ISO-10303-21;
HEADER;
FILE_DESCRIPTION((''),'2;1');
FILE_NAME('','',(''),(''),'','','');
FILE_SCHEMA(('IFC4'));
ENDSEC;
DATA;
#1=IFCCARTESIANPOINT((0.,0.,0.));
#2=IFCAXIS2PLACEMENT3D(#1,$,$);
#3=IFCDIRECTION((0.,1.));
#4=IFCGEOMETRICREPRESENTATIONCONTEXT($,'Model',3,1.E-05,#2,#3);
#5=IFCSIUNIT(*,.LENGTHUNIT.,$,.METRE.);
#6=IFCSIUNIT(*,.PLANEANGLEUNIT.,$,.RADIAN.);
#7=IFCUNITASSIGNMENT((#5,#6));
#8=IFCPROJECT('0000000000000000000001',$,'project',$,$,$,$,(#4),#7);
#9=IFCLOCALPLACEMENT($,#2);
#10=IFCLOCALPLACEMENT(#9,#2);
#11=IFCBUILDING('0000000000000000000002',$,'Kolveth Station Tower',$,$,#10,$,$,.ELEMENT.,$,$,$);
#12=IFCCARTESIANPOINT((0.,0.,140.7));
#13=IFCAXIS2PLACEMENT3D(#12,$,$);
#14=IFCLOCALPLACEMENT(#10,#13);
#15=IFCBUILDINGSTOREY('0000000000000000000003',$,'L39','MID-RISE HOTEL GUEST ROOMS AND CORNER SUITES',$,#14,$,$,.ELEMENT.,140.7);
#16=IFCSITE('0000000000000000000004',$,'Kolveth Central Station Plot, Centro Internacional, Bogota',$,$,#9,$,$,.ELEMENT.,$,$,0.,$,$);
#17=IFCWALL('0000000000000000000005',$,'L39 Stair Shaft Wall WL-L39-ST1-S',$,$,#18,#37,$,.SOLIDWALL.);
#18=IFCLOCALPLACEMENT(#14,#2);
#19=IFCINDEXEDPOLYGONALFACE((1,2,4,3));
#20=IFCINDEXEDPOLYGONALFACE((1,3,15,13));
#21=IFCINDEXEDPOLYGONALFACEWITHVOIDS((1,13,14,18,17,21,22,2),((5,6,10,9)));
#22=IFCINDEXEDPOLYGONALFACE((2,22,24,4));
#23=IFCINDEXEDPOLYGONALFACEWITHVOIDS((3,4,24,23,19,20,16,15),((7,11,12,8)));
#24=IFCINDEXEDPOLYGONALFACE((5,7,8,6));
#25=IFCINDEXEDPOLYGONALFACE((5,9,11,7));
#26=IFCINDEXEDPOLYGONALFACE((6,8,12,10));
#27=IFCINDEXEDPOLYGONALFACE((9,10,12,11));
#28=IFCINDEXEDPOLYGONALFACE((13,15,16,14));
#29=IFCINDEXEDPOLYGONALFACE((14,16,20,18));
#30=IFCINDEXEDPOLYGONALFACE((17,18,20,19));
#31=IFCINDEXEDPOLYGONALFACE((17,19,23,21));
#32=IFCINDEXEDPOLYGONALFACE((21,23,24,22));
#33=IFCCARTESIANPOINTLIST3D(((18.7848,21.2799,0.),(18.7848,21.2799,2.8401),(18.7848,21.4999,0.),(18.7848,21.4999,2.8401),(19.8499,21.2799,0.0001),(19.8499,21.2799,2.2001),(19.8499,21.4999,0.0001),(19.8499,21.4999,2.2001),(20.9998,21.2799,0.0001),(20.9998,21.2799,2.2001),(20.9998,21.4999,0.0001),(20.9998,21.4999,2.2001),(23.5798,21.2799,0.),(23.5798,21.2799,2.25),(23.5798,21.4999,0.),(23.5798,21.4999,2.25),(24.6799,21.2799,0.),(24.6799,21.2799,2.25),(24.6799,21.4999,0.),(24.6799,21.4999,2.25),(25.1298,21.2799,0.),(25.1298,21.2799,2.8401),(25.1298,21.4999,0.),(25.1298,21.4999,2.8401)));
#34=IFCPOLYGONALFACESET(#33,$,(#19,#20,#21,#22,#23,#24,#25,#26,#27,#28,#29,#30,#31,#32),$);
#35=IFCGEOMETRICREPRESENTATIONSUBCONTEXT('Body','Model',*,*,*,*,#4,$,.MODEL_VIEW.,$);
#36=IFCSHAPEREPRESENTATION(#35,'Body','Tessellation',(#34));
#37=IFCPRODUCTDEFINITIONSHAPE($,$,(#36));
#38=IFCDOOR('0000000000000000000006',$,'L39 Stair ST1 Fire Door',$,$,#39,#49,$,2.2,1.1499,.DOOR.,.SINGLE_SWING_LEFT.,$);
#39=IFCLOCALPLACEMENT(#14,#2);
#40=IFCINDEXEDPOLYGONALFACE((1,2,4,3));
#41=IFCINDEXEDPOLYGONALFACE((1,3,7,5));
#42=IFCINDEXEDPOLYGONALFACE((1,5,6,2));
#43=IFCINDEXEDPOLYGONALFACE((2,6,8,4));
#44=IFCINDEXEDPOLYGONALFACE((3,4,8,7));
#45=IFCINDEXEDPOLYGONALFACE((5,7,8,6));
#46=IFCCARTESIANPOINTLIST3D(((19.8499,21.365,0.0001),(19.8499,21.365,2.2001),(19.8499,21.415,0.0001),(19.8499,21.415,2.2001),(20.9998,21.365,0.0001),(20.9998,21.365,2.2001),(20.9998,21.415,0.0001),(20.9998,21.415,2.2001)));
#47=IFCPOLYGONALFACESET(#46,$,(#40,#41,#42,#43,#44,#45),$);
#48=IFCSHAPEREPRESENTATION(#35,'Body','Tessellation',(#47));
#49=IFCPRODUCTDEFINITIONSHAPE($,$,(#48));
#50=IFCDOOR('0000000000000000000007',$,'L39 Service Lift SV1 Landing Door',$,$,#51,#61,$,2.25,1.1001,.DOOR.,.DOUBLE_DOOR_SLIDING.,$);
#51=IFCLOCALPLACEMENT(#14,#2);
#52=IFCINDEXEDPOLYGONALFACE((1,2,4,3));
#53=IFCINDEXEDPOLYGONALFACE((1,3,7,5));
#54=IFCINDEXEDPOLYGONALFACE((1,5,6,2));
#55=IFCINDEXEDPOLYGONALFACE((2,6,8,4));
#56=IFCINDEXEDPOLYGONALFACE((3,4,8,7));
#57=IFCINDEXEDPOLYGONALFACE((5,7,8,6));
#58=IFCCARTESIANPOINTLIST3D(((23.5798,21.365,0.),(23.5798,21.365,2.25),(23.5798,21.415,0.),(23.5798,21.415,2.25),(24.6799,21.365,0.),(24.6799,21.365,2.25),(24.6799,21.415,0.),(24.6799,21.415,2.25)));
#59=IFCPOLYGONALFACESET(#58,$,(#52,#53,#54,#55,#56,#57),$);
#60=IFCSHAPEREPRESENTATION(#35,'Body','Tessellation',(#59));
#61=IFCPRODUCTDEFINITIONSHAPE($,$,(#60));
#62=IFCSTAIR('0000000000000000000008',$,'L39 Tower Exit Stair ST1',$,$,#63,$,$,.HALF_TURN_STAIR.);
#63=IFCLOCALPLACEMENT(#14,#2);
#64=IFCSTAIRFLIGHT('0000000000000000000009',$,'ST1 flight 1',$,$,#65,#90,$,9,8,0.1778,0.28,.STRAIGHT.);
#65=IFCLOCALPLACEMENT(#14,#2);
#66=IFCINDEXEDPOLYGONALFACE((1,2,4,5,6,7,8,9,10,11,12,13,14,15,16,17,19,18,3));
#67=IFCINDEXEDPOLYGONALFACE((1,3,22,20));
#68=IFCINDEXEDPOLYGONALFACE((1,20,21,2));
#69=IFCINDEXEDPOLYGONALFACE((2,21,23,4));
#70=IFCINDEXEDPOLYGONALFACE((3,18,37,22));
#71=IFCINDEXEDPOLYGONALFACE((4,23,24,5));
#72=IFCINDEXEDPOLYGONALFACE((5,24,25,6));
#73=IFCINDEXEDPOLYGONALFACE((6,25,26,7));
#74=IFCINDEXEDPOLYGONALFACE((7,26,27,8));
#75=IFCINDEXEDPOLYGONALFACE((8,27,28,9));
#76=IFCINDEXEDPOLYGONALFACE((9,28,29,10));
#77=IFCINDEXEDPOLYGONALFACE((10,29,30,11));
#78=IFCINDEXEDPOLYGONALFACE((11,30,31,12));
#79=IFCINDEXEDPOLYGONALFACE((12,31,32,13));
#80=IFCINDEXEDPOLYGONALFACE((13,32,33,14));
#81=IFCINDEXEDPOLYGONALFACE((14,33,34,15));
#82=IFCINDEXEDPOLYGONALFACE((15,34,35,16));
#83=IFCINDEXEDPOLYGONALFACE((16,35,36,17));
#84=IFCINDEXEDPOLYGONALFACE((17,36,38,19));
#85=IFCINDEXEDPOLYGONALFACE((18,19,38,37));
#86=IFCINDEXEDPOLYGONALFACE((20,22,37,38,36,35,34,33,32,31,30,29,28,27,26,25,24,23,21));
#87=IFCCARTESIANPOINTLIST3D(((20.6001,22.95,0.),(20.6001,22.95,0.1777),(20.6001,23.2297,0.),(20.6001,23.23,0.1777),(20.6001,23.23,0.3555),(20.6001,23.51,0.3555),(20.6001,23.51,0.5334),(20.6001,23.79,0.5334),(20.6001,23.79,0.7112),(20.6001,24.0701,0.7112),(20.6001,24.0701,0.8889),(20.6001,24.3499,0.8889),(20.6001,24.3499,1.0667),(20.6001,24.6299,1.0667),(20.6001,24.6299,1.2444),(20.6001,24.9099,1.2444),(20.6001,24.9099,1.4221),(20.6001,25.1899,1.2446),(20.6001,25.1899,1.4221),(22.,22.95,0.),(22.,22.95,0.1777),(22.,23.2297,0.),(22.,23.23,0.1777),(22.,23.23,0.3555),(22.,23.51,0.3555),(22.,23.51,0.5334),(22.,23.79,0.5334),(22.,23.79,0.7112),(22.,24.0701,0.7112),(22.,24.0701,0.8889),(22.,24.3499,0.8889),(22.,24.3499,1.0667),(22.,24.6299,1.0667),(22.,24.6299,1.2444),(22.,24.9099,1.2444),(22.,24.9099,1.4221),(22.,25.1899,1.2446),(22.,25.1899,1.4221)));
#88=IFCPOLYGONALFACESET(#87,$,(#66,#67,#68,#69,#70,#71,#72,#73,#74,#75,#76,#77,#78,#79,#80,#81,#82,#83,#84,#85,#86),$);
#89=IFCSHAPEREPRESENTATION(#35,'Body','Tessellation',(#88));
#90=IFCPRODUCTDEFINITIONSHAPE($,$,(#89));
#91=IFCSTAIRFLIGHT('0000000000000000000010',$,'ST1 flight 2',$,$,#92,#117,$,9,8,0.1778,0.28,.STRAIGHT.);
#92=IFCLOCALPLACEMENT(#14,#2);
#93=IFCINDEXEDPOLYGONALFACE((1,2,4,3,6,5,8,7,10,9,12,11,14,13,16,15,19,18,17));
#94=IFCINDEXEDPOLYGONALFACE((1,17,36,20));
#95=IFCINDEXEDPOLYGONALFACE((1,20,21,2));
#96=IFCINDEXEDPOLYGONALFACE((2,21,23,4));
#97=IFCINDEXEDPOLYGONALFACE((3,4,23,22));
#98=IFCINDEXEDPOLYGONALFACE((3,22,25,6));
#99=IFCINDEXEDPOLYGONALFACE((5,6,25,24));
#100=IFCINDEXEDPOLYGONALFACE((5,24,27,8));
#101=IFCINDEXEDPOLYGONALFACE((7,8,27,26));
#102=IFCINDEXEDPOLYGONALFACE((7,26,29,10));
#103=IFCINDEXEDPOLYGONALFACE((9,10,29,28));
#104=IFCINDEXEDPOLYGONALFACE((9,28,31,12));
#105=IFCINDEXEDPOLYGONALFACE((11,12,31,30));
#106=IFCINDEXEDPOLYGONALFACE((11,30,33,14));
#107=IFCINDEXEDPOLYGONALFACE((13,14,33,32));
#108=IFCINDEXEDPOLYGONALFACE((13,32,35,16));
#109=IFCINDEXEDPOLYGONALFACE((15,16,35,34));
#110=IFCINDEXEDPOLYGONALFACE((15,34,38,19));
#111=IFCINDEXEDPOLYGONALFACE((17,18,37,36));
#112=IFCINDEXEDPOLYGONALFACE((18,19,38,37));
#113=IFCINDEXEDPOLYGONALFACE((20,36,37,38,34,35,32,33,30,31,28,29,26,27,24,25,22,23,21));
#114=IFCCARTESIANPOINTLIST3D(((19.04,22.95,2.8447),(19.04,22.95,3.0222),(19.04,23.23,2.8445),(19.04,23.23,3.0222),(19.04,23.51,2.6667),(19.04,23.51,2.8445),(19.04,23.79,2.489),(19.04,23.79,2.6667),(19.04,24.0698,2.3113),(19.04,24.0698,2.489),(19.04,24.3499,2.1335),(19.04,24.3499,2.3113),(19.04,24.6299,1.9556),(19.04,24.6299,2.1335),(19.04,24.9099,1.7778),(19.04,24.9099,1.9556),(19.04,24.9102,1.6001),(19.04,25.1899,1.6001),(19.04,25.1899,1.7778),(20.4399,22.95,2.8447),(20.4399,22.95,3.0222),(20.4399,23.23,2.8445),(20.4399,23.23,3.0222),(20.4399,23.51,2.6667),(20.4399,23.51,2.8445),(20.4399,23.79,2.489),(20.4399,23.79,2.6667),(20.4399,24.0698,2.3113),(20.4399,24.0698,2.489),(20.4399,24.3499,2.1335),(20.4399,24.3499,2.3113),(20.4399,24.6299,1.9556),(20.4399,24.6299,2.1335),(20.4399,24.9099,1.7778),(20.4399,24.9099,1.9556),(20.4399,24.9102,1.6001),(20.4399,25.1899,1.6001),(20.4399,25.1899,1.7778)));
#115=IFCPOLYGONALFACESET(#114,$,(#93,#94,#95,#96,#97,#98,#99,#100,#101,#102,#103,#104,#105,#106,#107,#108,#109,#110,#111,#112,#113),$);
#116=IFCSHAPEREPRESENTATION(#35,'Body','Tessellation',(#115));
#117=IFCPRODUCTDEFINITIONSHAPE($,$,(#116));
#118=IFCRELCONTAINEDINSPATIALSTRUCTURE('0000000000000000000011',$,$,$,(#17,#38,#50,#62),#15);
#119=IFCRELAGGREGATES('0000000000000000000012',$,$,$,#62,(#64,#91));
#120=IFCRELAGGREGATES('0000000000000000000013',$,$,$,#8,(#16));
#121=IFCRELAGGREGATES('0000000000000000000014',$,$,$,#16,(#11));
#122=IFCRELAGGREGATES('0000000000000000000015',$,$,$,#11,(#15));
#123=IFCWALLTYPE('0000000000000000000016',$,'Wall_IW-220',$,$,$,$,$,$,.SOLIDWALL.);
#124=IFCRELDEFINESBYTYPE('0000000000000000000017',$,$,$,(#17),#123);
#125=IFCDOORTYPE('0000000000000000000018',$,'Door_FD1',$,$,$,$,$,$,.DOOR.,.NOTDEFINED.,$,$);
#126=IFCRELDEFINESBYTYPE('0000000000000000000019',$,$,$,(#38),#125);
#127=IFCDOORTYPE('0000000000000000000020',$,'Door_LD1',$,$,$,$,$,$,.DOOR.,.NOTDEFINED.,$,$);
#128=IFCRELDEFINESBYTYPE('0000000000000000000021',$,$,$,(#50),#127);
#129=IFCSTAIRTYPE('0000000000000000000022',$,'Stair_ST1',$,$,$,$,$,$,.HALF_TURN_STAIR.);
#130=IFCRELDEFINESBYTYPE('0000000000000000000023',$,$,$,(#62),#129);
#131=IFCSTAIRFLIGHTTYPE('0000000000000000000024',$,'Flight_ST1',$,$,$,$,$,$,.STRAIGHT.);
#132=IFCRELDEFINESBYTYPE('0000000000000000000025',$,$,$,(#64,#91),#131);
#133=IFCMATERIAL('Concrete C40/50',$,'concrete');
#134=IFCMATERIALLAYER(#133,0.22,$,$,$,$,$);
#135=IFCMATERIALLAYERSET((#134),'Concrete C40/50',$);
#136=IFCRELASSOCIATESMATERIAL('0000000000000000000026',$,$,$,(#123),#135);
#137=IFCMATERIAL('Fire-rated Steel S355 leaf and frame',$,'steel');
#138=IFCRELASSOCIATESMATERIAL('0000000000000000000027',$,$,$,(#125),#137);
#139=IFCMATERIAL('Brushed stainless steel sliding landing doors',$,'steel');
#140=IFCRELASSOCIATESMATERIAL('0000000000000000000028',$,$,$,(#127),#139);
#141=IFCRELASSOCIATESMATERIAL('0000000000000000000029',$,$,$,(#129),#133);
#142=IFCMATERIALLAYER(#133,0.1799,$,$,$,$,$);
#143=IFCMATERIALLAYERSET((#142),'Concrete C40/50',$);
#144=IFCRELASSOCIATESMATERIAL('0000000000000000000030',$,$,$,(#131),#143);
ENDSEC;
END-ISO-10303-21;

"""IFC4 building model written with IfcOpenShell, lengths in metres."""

from ifc_helpers import new_model, si_unit, direction, frame, frame_2d, origin, place, context, subcontext, project, spatial, polyline, rectangle, outline, extrude, material, layer, layer_set, type_object, element, fill, aggregate, save


model = new_model("IFC4")

# Units and contexts
model_context = context("Model", 3, precision=1e-05, world=origin(), true_north=direction((0.0, 1.0)))
body_context = subcontext(model_context, "Body", "Model", "MODEL_VIEW")
ifc_project = project(units=[si_unit("LENGTHUNIT", "METRE"), si_unit("PLANEANGLEUNIT", "RADIAN")], contexts=[model_context])

# Site, building, storey
site_placement = place(None, origin())
site = spatial("IfcSite", under=ifc_project, at=site_placement, Name="Kolveth Central Station Plot, Centro Internacional, Bogota", CompositionType="ELEMENT", RefElevation=0.0)
building_placement = place(site_placement, origin())
building = spatial("IfcBuilding", under=site, at=building_placement, Name="Kolveth Station Tower", CompositionType="ELEMENT")
storey_placement = place(building_placement, frame((0.0, 0.0, 140.7)))
storey = spatial("IfcBuildingStorey", under=building, at=storey_placement, Name="L39", Description="MID-RISE HOTEL GUEST ROOMS AND CORNER SUITES", CompositionType="ELEMENT", Elevation=140.7)

# Shared definitions
ifc_material_1 = material(Name="Concrete C40/50", Category="concrete")
ifc_layer_1 = layer(ifc_material_1, 0.22)
ifc_layer_set_1 = layer_set([ifc_layer_1], Name="Concrete C40/50")
wall_type_1 = type_object("IfcWallType", Name="Wall_IW-220", PredefinedType="SOLIDWALL", material=ifc_layer_set_1)

# Wall, openings, doors
wall_1_placement = place(storey_placement, frame((18.7849, 21.3899, 0.0), z_axis=(0.0, 0.0, 1.0), x_axis=(1.0, 0.0, 0.0)))
wall_1 = element("IfcWall", 1, at=wall_1_placement, inside=storey, type_object=wall_type_1, Name="L39 Stair Shaft Wall WL-L39-ST1-S", PredefinedType="SOLIDWALL", context=body_context, shape_type="SweptSolid", body=[
    extrude(rectangle(XDim=6.345, YDim=0.22, at=frame_2d((3.1724, 0.0))), origin(), (0.0, 0.0, 1.0), 2.8401),
])
opening_1_placement = place(wall_1_placement, frame((1.0649, 0.0, 0.0)))
opening_1 = element("IfcOpeningElement", 2, at=opening_1_placement, cuts=wall_1, PredefinedType="OPENING", context=body_context, shape_type="SweptSolid", body=[
    extrude(rectangle(XDim=1.1499, YDim=2.2, at=frame_2d((0.575, 1.1001))), frame((0.0, 0.1199, 0.0), z_axis=(0.0, -1.0, 0.0), x_axis=(1.0, 0.0, 0.0)), (0.0, 0.0, 1.0), 0.24),
])
opening_2_placement = place(wall_1_placement, frame((4.7949, 0.0, 0.0)))
opening_2 = element("IfcOpeningElement", 3, at=opening_2_placement, cuts=wall_1, PredefinedType="OPENING", context=body_context, shape_type="SweptSolid", body=[
    extrude(rectangle(XDim=1.1001, YDim=2.25, at=frame_2d((0.55, 1.125))), frame((0.0, 0.1199, 0.0), z_axis=(0.0, -1.0, 0.0), x_axis=(1.0, 0.0, 0.0)), (0.0, 0.0, 1.0), 0.24),
])
ifc_material_2 = material(Name="Fire-rated Steel S355 leaf and frame", Category="steel")
door_type_1 = type_object("IfcDoorType", Name="Door_FD1", OperationType="NOTDEFINED", PredefinedType="DOOR", material=ifc_material_2)
door_1_placement = place(opening_1_placement, frame((1.1499, 0.0, 0.0), z_axis=(0.0, 0.0, 1.0), x_axis=(-1.0, 0.0, 0.0)))
door_1 = element("IfcDoor", 4, at=door_1_placement, inside=storey, type_object=door_type_1, Name="L39 Stair ST1 Fire Door", OperationType="SINGLE_SWING_LEFT", OverallHeight=2.2, OverallWidth=1.1499, PredefinedType="DOOR", context=body_context, shape_type="SweptSolid", body=[
    extrude(rectangle(XDim=1.1499, YDim=2.2, at=frame_2d((0.575, 1.1001))), frame((0.0, 0.0249, 0.0), z_axis=(0.0, -1.0, 0.0), x_axis=(1.0, 0.0, 0.0)), (0.0, 0.0, 1.0), 0.05),
])
fill(opening_1, door_1)
ifc_material_3 = material(Name="Brushed stainless steel sliding landing doors", Category="steel")
door_type_2 = type_object("IfcDoorType", Name="Door_LD1", OperationType="NOTDEFINED", PredefinedType="DOOR", material=ifc_material_3)
door_2_placement = place(opening_2_placement, frame((1.1001, 0.0, 0.0), z_axis=(0.0, 0.0, 1.0), x_axis=(-1.0, 0.0, 0.0)))
door_2 = element("IfcDoor", 5, at=door_2_placement, inside=storey, type_object=door_type_2, Name="L39 Service Lift SV1 Landing Door", OperationType="DOUBLE_DOOR_SLIDING", OverallHeight=2.25, OverallWidth=1.1001, PredefinedType="DOOR", context=body_context, shape_type="SweptSolid", body=[
    extrude(rectangle(XDim=1.1001, YDim=2.25, at=frame_2d((0.55, 1.125))), frame((0.0, 0.0249, 0.0), z_axis=(0.0, -1.0, 0.0), x_axis=(1.0, 0.0, 0.0)), (0.0, 0.0, 1.0), 0.05),
])
fill(opening_2, door_2)

# Stair, stair flights
stair_type = type_object("IfcStairType", Name="Stair_ST1", PredefinedType="HALF_TURN_STAIR", material=ifc_material_1)
stair_placement = place(storey_placement, origin())
stair = element("IfcStair", 6, at=stair_placement, inside=storey, type_object=stair_type, Name="L39 Tower Exit Stair ST1", PredefinedType="HALF_TURN_STAIR")
ifc_layer_2 = layer(ifc_material_1, 0.1799)
ifc_layer_set_2 = layer_set([ifc_layer_2], Name="Concrete C40/50")
stair_flight_type = type_object("IfcStairFlightType", Name="Flight_ST1", PredefinedType="STRAIGHT", material=ifc_layer_set_2)
stair_flight_1_placement = place(storey_placement, frame((21.3, 22.95, 0.0), z_axis=(0.0, 0.0, 1.0), x_axis=(0.0, 1.0, 0.0)))
stair_flight_1 = element("IfcStairFlight", 7, at=stair_flight_1_placement, type_object=stair_flight_type, Name="ST1 flight 1", NumberOfRisers=9, NumberOfTreads=8, PredefinedType="STRAIGHT", RiserHeight=0.1778, TreadLength=0.28, context=body_context, shape_type="SweptSolid", body=[
    extrude(outline(polyline([(0.0, 0.0), (0.0, 0.1777), (0.28, 0.1777), (0.28, 0.3555), (0.5601, 0.3555), (0.5601, 0.5334), (0.8401, 0.5334), (0.8401, 0.7112), (1.1201, 0.7112), (1.1201, 0.8889), (1.3999, 0.8889), (1.3999, 1.0667), (1.6799, 1.0667), (1.6799, 1.2444), (1.96, 1.2444), (1.96, 1.4221), (2.24, 1.4221), (2.24, 1.6001), (2.24, 1.2446), (0.2798, 0.0), (0.0, 0.0)])), frame((0.0, 0.7, 0.0), z_axis=(0.0, -1.0, 0.0), x_axis=(1.0, 0.0, 0.0)), (0.0, 0.0, 1.0), 1.3999),
])
stair_flight_2_placement = place(storey_placement, frame((19.74, 25.1899, 1.6001), z_axis=(0.0, 0.0, 1.0), x_axis=(0.0, -1.0, 0.0)))
stair_flight_2 = element("IfcStairFlight", 8, at=stair_flight_2_placement, type_object=stair_flight_type, Name="ST1 flight 2", NumberOfRisers=9, NumberOfTreads=8, PredefinedType="STRAIGHT", RiserHeight=0.1778, TreadLength=0.28, context=body_context, shape_type="SweptSolid", body=[
    extrude(outline(polyline([(0.0, 0.0), (0.0, 0.1777), (0.28, 0.1777), (0.28, 0.3555), (0.5601, 0.3555), (0.5601, 0.5334), (0.8401, 0.5334), (0.8401, 0.7112), (1.1201, 0.7112), (1.1201, 0.8889), (1.3999, 0.8889), (1.3999, 1.0667), (1.6799, 1.0667), (1.6799, 1.2444), (1.96, 1.2444), (1.96, 1.4221), (2.24, 1.4221), (2.24, 1.6001), (2.24, 1.2446), (0.2798, 0.0), (0.0, 0.0)])), frame((0.0, 0.7, 0.0), z_axis=(0.0, -1.0, 0.0), x_axis=(1.0, 0.0, 0.0)), (0.0, 0.0, 1.0), 1.3999),
])
aggregate(stair, [stair_flight_1, stair_flight_2])

save(model, "model.ifc")
